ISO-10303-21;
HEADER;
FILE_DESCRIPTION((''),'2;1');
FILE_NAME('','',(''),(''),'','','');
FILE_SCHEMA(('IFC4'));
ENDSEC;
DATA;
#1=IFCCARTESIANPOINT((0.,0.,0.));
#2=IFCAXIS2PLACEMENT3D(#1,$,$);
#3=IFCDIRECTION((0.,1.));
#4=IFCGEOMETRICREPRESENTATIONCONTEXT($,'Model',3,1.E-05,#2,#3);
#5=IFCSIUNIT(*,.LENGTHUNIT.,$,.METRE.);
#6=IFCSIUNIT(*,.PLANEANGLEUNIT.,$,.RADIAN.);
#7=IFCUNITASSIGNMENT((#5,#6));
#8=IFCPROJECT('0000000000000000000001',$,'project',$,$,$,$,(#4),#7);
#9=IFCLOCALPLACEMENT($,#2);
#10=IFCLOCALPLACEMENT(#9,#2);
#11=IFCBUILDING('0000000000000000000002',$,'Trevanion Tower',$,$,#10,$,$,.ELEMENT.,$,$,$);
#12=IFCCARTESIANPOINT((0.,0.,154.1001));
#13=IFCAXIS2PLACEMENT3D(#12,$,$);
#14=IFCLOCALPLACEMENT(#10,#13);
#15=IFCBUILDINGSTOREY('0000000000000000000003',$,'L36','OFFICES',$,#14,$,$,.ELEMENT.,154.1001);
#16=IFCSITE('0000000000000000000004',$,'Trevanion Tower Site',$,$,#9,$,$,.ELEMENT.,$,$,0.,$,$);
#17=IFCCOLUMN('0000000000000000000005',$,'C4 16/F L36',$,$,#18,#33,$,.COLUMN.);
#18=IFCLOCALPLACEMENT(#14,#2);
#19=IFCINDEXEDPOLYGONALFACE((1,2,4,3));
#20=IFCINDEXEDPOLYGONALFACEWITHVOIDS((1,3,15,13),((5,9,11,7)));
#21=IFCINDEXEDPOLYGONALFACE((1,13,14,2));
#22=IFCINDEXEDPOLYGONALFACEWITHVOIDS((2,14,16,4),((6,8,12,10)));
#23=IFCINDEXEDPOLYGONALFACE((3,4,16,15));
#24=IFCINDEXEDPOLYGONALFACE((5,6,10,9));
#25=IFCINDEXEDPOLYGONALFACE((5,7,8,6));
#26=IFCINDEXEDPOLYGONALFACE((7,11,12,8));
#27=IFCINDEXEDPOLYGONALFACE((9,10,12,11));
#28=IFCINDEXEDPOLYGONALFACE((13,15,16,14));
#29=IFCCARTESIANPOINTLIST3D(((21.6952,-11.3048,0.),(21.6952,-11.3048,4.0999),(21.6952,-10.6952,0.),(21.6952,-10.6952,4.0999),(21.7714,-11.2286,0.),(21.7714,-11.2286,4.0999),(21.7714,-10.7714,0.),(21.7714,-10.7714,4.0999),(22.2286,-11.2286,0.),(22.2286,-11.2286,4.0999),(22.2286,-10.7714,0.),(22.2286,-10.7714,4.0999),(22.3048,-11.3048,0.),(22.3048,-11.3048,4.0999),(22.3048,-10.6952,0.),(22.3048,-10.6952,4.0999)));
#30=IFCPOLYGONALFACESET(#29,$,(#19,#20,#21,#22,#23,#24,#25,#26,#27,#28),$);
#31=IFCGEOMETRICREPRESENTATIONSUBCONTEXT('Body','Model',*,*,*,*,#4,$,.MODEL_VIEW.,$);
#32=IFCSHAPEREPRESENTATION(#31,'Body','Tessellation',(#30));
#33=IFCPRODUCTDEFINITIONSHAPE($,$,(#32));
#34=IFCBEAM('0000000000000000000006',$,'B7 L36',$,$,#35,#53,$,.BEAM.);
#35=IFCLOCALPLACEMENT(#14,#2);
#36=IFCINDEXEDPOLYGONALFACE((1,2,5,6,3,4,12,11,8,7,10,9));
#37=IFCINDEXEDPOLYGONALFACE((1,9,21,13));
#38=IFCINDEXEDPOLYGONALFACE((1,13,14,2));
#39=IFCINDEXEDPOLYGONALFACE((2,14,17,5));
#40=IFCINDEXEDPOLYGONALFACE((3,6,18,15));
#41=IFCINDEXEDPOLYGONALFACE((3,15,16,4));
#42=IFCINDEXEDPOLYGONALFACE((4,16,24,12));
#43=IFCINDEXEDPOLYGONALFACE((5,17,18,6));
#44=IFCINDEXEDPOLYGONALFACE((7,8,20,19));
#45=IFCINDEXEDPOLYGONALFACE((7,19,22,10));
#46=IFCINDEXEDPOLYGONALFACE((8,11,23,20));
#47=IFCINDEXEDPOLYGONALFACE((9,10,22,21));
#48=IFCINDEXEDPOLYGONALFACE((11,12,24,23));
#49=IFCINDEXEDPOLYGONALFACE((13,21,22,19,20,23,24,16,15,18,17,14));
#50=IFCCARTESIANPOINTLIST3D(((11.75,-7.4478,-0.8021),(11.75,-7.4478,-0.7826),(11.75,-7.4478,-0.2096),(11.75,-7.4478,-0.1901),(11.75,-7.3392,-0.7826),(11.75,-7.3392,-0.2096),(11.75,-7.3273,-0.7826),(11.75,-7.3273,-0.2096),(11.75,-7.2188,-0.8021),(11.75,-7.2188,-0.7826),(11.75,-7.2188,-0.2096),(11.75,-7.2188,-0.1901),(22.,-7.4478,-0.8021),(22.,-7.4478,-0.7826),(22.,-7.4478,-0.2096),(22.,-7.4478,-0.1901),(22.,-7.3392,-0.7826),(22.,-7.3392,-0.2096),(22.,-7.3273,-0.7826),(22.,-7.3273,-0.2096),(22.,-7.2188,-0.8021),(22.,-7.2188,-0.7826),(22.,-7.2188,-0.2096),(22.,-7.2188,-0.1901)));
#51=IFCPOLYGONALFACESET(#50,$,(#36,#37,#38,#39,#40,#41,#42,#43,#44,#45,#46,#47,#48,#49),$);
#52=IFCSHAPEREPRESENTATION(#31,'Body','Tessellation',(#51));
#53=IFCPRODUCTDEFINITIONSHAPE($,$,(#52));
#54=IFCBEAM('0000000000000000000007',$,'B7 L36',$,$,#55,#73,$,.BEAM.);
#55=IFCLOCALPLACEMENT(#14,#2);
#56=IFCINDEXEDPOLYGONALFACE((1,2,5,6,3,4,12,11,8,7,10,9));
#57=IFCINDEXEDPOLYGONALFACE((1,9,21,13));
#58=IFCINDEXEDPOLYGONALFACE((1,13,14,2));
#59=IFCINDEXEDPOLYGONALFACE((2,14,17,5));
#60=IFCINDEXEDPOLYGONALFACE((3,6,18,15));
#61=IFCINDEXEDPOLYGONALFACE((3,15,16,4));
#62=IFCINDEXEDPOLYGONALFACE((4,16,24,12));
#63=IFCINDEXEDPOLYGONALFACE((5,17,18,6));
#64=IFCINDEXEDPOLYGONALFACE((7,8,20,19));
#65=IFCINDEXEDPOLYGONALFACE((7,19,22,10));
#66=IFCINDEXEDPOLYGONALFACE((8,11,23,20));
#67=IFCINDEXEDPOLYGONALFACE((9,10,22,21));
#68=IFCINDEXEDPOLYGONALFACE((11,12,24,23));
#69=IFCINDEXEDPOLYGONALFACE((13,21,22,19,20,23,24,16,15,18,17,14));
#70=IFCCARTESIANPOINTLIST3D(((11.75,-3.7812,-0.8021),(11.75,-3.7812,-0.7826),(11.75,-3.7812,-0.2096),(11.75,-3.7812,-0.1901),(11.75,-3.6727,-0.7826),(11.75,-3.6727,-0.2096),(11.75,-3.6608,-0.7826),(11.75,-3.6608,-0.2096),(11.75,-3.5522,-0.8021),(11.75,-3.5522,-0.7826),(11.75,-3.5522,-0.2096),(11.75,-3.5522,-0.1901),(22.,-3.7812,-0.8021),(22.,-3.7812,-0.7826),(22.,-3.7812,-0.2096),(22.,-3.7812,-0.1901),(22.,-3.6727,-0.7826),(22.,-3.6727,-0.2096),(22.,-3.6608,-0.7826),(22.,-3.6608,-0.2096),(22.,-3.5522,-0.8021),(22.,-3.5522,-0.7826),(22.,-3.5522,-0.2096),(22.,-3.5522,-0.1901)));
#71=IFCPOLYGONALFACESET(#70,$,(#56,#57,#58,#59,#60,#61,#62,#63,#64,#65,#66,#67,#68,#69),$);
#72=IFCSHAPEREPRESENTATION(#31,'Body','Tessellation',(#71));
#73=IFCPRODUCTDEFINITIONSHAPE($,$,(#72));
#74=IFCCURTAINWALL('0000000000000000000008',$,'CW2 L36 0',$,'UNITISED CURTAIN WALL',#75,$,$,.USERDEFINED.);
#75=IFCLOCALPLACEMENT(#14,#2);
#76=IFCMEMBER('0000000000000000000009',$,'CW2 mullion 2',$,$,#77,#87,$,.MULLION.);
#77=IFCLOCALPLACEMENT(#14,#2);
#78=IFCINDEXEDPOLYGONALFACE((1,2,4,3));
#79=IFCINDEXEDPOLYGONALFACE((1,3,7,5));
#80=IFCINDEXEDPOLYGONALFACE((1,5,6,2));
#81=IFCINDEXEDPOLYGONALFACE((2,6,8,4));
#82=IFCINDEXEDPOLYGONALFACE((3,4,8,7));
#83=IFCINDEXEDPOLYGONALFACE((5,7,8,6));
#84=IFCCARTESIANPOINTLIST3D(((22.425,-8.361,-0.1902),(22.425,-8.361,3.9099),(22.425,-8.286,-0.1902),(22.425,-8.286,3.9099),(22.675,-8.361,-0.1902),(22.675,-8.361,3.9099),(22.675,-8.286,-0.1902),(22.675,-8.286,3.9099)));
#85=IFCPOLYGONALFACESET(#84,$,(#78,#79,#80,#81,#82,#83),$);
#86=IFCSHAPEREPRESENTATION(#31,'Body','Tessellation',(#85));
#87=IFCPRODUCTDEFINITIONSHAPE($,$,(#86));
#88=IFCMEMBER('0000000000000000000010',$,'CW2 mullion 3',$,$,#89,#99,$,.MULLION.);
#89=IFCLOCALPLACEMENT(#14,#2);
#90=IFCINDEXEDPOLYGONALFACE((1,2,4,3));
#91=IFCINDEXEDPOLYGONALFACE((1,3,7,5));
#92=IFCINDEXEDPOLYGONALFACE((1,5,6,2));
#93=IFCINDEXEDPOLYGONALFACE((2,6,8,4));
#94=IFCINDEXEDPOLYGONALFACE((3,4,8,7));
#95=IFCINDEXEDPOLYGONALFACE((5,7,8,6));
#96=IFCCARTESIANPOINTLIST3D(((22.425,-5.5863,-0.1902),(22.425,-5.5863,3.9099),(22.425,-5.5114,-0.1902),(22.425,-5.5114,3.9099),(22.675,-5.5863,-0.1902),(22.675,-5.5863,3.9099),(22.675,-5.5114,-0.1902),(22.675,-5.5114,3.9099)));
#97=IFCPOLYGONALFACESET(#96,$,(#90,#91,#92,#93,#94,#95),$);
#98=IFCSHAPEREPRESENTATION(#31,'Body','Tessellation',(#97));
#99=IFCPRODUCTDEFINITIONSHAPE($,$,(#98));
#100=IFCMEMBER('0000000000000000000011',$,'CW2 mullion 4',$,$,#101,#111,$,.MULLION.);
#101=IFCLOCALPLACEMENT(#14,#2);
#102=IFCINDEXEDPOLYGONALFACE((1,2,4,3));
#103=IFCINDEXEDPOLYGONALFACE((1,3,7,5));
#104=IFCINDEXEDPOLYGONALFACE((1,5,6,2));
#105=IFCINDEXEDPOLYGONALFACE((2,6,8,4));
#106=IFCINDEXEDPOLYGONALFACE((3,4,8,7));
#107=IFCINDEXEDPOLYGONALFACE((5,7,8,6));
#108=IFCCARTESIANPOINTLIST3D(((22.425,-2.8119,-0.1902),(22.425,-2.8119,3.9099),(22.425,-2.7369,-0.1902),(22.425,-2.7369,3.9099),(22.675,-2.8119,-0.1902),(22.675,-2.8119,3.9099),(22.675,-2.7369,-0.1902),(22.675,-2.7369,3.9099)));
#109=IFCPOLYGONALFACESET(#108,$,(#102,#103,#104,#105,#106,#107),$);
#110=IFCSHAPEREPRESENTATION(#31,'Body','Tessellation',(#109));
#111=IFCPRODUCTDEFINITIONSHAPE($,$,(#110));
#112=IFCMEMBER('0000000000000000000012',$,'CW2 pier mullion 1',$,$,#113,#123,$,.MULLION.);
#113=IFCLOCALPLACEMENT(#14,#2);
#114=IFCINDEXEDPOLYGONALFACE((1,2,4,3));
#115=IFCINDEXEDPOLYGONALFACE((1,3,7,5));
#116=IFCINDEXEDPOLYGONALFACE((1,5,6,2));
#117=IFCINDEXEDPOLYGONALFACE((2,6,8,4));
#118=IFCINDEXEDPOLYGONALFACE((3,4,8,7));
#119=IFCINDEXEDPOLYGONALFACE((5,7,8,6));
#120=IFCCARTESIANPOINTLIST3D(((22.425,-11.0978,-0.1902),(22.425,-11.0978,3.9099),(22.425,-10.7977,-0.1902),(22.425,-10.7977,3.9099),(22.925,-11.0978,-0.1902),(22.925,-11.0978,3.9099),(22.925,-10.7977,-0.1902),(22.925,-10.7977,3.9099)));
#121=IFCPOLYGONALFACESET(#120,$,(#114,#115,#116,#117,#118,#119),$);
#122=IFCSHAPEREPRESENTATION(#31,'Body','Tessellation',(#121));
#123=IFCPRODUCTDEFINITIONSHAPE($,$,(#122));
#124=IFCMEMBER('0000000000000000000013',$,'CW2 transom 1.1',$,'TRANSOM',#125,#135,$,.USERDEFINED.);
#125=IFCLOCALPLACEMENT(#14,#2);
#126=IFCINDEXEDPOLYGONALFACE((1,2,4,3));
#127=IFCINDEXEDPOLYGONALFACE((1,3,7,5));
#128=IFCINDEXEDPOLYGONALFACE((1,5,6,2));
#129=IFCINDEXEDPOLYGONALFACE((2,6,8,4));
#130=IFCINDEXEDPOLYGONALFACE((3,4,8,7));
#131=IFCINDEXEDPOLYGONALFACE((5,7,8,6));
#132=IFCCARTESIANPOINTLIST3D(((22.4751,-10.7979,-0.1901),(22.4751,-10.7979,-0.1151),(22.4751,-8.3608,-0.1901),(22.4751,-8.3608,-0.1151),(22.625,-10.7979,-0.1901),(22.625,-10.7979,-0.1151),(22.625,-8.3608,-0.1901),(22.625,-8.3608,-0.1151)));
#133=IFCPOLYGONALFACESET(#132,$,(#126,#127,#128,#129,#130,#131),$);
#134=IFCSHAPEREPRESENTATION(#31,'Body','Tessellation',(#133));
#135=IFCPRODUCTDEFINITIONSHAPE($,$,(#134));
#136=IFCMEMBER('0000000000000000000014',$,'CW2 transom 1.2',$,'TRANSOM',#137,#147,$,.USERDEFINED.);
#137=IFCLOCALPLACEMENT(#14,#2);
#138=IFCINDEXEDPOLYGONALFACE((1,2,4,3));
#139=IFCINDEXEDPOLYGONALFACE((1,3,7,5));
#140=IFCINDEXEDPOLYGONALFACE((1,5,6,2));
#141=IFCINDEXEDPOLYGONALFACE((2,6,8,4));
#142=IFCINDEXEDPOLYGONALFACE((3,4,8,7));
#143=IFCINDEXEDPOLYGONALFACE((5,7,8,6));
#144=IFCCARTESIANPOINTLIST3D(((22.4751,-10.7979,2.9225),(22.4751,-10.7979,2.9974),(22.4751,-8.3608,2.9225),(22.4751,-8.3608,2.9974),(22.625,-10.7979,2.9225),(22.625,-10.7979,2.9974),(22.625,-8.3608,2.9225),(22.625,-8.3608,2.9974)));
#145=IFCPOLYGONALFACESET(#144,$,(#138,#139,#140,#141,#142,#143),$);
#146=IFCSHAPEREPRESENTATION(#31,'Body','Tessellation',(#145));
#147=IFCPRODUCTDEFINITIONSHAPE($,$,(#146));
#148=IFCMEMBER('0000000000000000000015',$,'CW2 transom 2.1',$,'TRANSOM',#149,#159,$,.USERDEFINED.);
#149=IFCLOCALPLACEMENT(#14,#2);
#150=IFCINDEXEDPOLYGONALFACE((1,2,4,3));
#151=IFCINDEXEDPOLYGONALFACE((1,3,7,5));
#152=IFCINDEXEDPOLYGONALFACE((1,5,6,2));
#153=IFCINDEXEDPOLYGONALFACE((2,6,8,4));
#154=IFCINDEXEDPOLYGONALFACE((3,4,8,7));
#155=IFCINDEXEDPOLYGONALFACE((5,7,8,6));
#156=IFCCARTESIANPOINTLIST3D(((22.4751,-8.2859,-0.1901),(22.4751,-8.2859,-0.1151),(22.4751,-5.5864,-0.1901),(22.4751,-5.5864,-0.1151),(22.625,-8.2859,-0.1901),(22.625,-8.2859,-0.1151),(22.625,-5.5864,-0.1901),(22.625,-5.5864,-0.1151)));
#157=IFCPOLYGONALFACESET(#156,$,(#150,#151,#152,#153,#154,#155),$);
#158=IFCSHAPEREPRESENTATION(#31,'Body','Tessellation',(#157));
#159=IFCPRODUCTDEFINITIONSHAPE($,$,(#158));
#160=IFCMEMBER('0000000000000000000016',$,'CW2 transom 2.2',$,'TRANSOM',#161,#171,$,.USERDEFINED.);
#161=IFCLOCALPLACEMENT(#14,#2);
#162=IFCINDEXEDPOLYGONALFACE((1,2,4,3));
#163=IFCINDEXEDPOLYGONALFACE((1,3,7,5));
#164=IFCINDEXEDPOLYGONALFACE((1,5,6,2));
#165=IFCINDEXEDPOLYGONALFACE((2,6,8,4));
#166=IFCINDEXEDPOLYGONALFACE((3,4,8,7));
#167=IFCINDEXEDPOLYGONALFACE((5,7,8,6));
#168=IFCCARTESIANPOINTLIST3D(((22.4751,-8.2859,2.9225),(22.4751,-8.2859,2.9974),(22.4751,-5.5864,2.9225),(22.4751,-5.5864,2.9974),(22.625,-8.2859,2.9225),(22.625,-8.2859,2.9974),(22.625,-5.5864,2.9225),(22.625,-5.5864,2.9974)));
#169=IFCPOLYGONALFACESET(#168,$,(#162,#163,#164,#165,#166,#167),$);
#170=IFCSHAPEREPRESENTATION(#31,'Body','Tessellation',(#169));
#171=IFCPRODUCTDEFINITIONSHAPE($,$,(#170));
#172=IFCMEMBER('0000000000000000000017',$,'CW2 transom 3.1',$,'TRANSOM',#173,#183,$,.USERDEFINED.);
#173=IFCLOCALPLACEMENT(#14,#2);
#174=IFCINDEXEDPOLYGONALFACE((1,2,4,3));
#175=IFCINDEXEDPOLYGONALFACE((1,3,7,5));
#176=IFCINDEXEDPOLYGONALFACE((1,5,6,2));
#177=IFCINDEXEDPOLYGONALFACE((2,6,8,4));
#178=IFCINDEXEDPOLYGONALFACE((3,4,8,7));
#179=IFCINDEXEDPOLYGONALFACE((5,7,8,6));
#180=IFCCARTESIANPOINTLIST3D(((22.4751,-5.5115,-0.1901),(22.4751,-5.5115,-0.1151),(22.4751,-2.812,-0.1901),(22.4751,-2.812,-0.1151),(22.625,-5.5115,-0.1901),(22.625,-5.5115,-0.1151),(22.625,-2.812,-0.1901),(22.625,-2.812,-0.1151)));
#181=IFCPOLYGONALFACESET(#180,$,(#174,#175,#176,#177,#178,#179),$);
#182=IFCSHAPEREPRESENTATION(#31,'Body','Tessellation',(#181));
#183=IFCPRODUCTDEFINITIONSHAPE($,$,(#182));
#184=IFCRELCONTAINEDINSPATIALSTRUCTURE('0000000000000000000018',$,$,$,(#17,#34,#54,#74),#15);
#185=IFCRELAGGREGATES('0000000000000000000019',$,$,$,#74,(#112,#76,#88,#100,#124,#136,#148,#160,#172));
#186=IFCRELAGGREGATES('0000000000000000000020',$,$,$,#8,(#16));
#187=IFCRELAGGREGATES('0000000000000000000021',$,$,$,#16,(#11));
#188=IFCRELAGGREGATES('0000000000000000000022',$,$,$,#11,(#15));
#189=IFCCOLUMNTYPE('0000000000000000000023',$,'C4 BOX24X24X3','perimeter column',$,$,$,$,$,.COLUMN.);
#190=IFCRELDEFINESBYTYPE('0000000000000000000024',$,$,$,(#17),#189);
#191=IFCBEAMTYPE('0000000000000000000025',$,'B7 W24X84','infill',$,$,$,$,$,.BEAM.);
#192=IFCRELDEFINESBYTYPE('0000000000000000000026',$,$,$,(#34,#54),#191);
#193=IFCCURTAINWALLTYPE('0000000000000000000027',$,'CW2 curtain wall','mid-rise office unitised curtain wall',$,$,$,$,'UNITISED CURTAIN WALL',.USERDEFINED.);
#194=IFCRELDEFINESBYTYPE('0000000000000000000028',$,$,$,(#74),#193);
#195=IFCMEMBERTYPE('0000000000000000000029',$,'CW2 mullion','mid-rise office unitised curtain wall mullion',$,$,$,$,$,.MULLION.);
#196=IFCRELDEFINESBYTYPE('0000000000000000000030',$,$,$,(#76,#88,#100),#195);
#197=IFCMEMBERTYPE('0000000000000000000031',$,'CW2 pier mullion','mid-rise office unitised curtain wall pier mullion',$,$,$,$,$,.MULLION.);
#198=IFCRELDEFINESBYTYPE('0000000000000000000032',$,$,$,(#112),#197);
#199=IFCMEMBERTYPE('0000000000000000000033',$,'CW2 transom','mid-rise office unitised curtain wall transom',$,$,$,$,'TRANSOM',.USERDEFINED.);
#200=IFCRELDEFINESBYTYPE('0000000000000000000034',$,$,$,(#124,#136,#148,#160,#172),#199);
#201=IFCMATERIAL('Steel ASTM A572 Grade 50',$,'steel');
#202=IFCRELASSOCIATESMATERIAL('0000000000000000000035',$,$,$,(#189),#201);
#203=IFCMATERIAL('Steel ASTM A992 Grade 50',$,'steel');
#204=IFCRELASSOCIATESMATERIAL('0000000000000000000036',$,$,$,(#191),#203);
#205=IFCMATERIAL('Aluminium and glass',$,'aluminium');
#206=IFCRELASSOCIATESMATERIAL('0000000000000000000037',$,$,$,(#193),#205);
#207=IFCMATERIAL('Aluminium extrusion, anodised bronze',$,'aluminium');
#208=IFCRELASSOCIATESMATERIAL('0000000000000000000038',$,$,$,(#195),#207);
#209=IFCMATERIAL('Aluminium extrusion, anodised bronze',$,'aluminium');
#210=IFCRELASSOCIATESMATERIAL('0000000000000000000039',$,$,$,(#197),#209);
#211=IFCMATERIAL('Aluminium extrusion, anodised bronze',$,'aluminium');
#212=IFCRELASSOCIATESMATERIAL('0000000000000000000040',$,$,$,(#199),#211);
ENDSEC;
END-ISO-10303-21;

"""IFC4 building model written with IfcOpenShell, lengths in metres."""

from ifc_helpers import new_model, si_unit, direction, frame, origin, origin_2d, place, context, subcontext, project, spatial, rectangle, hollow_rectangle, i_section, extrude, material, material_profile, profile_set, type_object, element, aggregate, save


model = new_model("IFC4")

# Units and contexts
model_context = context("Model", 3, precision=1e-05, world=origin(), true_north=direction((0.0, 1.0)))
body_context = subcontext(model_context, "Body", "Model", "MODEL_VIEW")
ifc_project = project(units=[si_unit("LENGTHUNIT", "METRE"), si_unit("PLANEANGLEUNIT", "RADIAN")], contexts=[model_context])

# Site, building, storey
site_placement = place(None, origin())
site = spatial("IfcSite", under=ifc_project, at=site_placement, Name="Trevanion Tower Site", CompositionType="ELEMENT", RefElevation=0.0)
building_placement = place(site_placement, origin())
building = spatial("IfcBuilding", under=site, at=building_placement, Name="Trevanion Tower", CompositionType="ELEMENT")
storey_placement = place(building_placement, frame((0.0, 0.0, 154.1001)))
storey = spatial("IfcBuildingStorey", under=building, at=storey_placement, Name="L36", Description="OFFICES", CompositionType="ELEMENT", Elevation=154.1001)

# Column
ifc_material_1 = material(Name="Steel ASTM A572 Grade 50", Category="steel")
ifc_material_profile_1 = material_profile(ifc_material_1, hollow_rectangle(XDim=0.6096, YDim=0.6096, WallThickness=0.0762, at=origin_2d()), Name="BOX24X24X3")
ifc_profile_set_1 = profile_set([ifc_material_profile_1], Name="Steel ASTM A572 Grade 50")
column_type = type_object("IfcColumnType", Name="C4 BOX24X24X3", Description="perimeter column", PredefinedType="COLUMN", material=ifc_profile_set_1)
column_placement = place(storey_placement, frame((22.0, -11.0, 0.0), z_axis=(0.0, 0.0, 1.0), x_axis=(0.0, 1.0, 0.0)))
element("IfcColumn", 1, at=column_placement, inside=storey, type_object=column_type, Name="C4 16/F L36", PredefinedType="COLUMN", context=body_context, shape_type="SweptSolid", body=[
    extrude(hollow_rectangle(XDim=0.6096, YDim=0.6096, WallThickness=0.0762, at=origin_2d()), origin(), (0.0, 0.0, 1.0), 4.0999),
])

# Beams
ifc_material_2 = material(Name="Steel ASTM A992 Grade 50", Category="steel")
ifc_material_profile_2 = material_profile(ifc_material_2, i_section(OverallWidth=0.229, OverallDepth=0.6121, WebThickness=0.012, FlangeThickness=0.0195, at=origin_2d()), Name="W24X84")
ifc_profile_set_2 = profile_set([ifc_material_profile_2], Name="Steel ASTM A992 Grade 50")
beam_type_1 = type_object("IfcBeamType", Name="B7 W24X84", Description="infill", PredefinedType="BEAM", material=ifc_profile_set_2)
for number, where, z_axis, x_axis, name in (
    (2, (11.75, -7.3333, -0.4961), (1.0, 0.0, 0.0), (0.0, 1.0, 0.0), "B7 L36"),
    (3, (11.75, -3.6667, -0.4961), (1.0, 0.0, 0.0), (0.0, 1.0, 0.0), "B7 L36"),
):
    element("IfcBeam", number, at=place(storey_placement, frame(where, z_axis=z_axis, x_axis=x_axis)), inside=storey, type_object=beam_type_1, Name=name, PredefinedType="BEAM", context=body_context, shape_type="SweptSolid", body=[
        extrude(i_section(OverallWidth=0.229, OverallDepth=0.6121, WebThickness=0.012, FlangeThickness=0.0195, at=origin_2d()), origin(), (0.0, 0.0, 1.0), 10.25),
    ])

# Curtain wall, members
ifc_material_3 = material(Name="Aluminium and glass", Category="aluminium")
curtain_wall_type = type_object("IfcCurtainWallType", Name="CW2 curtain wall", Description="mid-rise office unitised curtain wall", ElementType="UNITISED CURTAIN WALL", PredefinedType="USERDEFINED", material=ifc_material_3)
curtain_wall_placement = place(storey_placement, origin())
curtain_wall = element("IfcCurtainWall", 4, at=curtain_wall_placement, inside=storey, type_object=curtain_wall_type, Name="CW2 L36 0", ObjectType="UNITISED CURTAIN WALL", PredefinedType="USERDEFINED")
ifc_material_4 = material(Name="Aluminium extrusion, anodised bronze", Category="aluminium")
ifc_material_profile_3 = material_profile(ifc_material_4, rectangle(XDim=0.075, YDim=0.25, at=origin_2d()), Name="CW2 mullion")
ifc_profile_set_3 = profile_set([ifc_material_profile_3], Name="Aluminium extrusion, anodised bronze")
member_type_1 = type_object("IfcMemberType", Name="CW2 mullion", Description="mid-rise office unitised curtain wall mullion", PredefinedType="MULLION", material=ifc_profile_set_3)
member_1_placement = place(storey_placement, frame((22.55, -8.3235, -0.1902), z_axis=(0.0, 0.0, 1.0), x_axis=(0.0, 1.0, 0.0)))
member_1 = element("IfcMember", 5, at=member_1_placement, type_object=member_type_1, Name="CW2 mullion 2", PredefinedType="MULLION", context=body_context, shape_type="SweptSolid", body=[
    extrude(rectangle(XDim=0.075, YDim=0.25, at=origin_2d()), origin(), (0.0, 0.0, 1.0), 4.1001),
])
member_2_placement = place(storey_placement, frame((22.55, -5.5488, -0.1902), z_axis=(0.0, 0.0, 1.0), x_axis=(0.0, 1.0, 0.0)))
member_2 = element("IfcMember", 6, at=member_2_placement, type_object=member_type_1, Name="CW2 mullion 3", PredefinedType="MULLION", context=body_context, shape_type="SweptSolid", body=[
    extrude(rectangle(XDim=0.075, YDim=0.25, at=origin_2d()), origin(), (0.0, 0.0, 1.0), 4.1001),
])
member_3_placement = place(storey_placement, frame((22.55, -2.7744, -0.1902), z_axis=(0.0, 0.0, 1.0), x_axis=(0.0, 1.0, 0.0)))
member_3 = element("IfcMember", 7, at=member_3_placement, type_object=member_type_1, Name="CW2 mullion 4", PredefinedType="MULLION", context=body_context, shape_type="SweptSolid", body=[
    extrude(rectangle(XDim=0.075, YDim=0.25, at=origin_2d()), origin(), (0.0, 0.0, 1.0), 4.1001),
])
ifc_material_5 = material(Name="Aluminium extrusion, anodised bronze", Category="aluminium")
ifc_material_profile_4 = material_profile(ifc_material_5, rectangle(XDim=0.3, YDim=0.5, at=origin_2d()), Name="CW2 pier mullion")
ifc_profile_set_4 = profile_set([ifc_material_profile_4], Name="Aluminium extrusion, anodised bronze")
member_type_2 = type_object("IfcMemberType", Name="CW2 pier mullion", Description="mid-rise office unitised curtain wall pier mullion", PredefinedType="MULLION", material=ifc_profile_set_4)
member_4_placement = place(storey_placement, frame((22.675, -10.9478, -0.1902), z_axis=(0.0, 0.0, 1.0), x_axis=(0.0, 1.0, 0.0)))
member_4 = element("IfcMember", 8, at=member_4_placement, type_object=member_type_2, Name="CW2 pier mullion 1", PredefinedType="MULLION", context=body_context, shape_type="SweptSolid", body=[
    extrude(rectangle(XDim=0.3, YDim=0.5, at=origin_2d()), origin(), (0.0, 0.0, 1.0), 4.1001),
])
ifc_material_6 = material(Name="Aluminium extrusion, anodised bronze", Category="aluminium")
ifc_material_profile_5 = material_profile(ifc_material_6, rectangle(XDim=0.1499, YDim=0.075, at=origin_2d()), Name="CW2 transom")
ifc_profile_set_5 = profile_set([ifc_material_profile_5], Name="Aluminium extrusion, anodised bronze")
member_type_3 = type_object("IfcMemberType", Name="CW2 transom", Description="mid-rise office unitised curtain wall transom", ElementType="TRANSOM", PredefinedType="USERDEFINED", material=ifc_profile_set_5)
member_5_placement = place(storey_placement, frame((22.55, -10.7979, -0.1526), z_axis=(0.0, 1.0, 0.0), x_axis=(-1.0, 0.0, 0.0)))
member_5 = element("IfcMember", 9, at=member_5_placement, type_object=member_type_3, Name="CW2 transom 1.1", ObjectType="TRANSOM", PredefinedType="USERDEFINED", context=body_context, shape_type="SweptSolid", body=[
    extrude(rectangle(XDim=0.1499, YDim=0.075, at=origin_2d()), origin(), (0.0, 0.0, 1.0), 2.437),
])
member_6_placement = place(storey_placement, frame((22.55, -10.7979, 2.96), z_axis=(0.0, 1.0, 0.0), x_axis=(-1.0, 0.0, 0.0)))
member_6 = element("IfcMember", 10, at=member_6_placement, type_object=member_type_3, Name="CW2 transom 1.2", ObjectType="TRANSOM", PredefinedType="USERDEFINED", context=body_context, shape_type="SweptSolid", body=[
    extrude(rectangle(XDim=0.1499, YDim=0.075, at=origin_2d()), origin(), (0.0, 0.0, 1.0), 2.437),
])
member_7_placement = place(storey_placement, frame((22.55, -8.2859, -0.1526), z_axis=(0.0, 1.0, 0.0), x_axis=(-1.0, 0.0, 0.0)))
member_7 = element("IfcMember", 11, at=member_7_placement, type_object=member_type_3, Name="CW2 transom 2.1", ObjectType="TRANSOM", PredefinedType="USERDEFINED", context=body_context, shape_type="SweptSolid", body=[
    extrude(rectangle(XDim=0.1499, YDim=0.075, at=origin_2d()), origin(), (0.0, 0.0, 1.0), 2.6995),
])
member_8_placement = place(storey_placement, frame((22.55, -8.2859, 2.96), z_axis=(0.0, 1.0, 0.0), x_axis=(-1.0, 0.0, 0.0)))
member_8 = element("IfcMember", 12, at=member_8_placement, type_object=member_type_3, Name="CW2 transom 2.2", ObjectType="TRANSOM", PredefinedType="USERDEFINED", context=body_context, shape_type="SweptSolid", body=[
    extrude(rectangle(XDim=0.1499, YDim=0.075, at=origin_2d()), origin(), (0.0, 0.0, 1.0), 2.6995),
])
member_9_placement = place(storey_placement, frame((22.55, -5.5115, -0.1526), z_axis=(0.0, 1.0, 0.0), x_axis=(-1.0, 0.0, 0.0)))
member_9 = element("IfcMember", 13, at=member_9_placement, type_object=member_type_3, Name="CW2 transom 3.1", ObjectType="TRANSOM", PredefinedType="USERDEFINED", context=body_context, shape_type="SweptSolid", body=[
    extrude(rectangle(XDim=0.1499, YDim=0.075, at=origin_2d()), origin(), (0.0, 0.0, 1.0), 2.6995),
])

aggregate(curtain_wall, [member_4, member_1, member_2, member_3, member_5, member_6, member_7, member_8, member_9])

save(model, "model.ifc")
